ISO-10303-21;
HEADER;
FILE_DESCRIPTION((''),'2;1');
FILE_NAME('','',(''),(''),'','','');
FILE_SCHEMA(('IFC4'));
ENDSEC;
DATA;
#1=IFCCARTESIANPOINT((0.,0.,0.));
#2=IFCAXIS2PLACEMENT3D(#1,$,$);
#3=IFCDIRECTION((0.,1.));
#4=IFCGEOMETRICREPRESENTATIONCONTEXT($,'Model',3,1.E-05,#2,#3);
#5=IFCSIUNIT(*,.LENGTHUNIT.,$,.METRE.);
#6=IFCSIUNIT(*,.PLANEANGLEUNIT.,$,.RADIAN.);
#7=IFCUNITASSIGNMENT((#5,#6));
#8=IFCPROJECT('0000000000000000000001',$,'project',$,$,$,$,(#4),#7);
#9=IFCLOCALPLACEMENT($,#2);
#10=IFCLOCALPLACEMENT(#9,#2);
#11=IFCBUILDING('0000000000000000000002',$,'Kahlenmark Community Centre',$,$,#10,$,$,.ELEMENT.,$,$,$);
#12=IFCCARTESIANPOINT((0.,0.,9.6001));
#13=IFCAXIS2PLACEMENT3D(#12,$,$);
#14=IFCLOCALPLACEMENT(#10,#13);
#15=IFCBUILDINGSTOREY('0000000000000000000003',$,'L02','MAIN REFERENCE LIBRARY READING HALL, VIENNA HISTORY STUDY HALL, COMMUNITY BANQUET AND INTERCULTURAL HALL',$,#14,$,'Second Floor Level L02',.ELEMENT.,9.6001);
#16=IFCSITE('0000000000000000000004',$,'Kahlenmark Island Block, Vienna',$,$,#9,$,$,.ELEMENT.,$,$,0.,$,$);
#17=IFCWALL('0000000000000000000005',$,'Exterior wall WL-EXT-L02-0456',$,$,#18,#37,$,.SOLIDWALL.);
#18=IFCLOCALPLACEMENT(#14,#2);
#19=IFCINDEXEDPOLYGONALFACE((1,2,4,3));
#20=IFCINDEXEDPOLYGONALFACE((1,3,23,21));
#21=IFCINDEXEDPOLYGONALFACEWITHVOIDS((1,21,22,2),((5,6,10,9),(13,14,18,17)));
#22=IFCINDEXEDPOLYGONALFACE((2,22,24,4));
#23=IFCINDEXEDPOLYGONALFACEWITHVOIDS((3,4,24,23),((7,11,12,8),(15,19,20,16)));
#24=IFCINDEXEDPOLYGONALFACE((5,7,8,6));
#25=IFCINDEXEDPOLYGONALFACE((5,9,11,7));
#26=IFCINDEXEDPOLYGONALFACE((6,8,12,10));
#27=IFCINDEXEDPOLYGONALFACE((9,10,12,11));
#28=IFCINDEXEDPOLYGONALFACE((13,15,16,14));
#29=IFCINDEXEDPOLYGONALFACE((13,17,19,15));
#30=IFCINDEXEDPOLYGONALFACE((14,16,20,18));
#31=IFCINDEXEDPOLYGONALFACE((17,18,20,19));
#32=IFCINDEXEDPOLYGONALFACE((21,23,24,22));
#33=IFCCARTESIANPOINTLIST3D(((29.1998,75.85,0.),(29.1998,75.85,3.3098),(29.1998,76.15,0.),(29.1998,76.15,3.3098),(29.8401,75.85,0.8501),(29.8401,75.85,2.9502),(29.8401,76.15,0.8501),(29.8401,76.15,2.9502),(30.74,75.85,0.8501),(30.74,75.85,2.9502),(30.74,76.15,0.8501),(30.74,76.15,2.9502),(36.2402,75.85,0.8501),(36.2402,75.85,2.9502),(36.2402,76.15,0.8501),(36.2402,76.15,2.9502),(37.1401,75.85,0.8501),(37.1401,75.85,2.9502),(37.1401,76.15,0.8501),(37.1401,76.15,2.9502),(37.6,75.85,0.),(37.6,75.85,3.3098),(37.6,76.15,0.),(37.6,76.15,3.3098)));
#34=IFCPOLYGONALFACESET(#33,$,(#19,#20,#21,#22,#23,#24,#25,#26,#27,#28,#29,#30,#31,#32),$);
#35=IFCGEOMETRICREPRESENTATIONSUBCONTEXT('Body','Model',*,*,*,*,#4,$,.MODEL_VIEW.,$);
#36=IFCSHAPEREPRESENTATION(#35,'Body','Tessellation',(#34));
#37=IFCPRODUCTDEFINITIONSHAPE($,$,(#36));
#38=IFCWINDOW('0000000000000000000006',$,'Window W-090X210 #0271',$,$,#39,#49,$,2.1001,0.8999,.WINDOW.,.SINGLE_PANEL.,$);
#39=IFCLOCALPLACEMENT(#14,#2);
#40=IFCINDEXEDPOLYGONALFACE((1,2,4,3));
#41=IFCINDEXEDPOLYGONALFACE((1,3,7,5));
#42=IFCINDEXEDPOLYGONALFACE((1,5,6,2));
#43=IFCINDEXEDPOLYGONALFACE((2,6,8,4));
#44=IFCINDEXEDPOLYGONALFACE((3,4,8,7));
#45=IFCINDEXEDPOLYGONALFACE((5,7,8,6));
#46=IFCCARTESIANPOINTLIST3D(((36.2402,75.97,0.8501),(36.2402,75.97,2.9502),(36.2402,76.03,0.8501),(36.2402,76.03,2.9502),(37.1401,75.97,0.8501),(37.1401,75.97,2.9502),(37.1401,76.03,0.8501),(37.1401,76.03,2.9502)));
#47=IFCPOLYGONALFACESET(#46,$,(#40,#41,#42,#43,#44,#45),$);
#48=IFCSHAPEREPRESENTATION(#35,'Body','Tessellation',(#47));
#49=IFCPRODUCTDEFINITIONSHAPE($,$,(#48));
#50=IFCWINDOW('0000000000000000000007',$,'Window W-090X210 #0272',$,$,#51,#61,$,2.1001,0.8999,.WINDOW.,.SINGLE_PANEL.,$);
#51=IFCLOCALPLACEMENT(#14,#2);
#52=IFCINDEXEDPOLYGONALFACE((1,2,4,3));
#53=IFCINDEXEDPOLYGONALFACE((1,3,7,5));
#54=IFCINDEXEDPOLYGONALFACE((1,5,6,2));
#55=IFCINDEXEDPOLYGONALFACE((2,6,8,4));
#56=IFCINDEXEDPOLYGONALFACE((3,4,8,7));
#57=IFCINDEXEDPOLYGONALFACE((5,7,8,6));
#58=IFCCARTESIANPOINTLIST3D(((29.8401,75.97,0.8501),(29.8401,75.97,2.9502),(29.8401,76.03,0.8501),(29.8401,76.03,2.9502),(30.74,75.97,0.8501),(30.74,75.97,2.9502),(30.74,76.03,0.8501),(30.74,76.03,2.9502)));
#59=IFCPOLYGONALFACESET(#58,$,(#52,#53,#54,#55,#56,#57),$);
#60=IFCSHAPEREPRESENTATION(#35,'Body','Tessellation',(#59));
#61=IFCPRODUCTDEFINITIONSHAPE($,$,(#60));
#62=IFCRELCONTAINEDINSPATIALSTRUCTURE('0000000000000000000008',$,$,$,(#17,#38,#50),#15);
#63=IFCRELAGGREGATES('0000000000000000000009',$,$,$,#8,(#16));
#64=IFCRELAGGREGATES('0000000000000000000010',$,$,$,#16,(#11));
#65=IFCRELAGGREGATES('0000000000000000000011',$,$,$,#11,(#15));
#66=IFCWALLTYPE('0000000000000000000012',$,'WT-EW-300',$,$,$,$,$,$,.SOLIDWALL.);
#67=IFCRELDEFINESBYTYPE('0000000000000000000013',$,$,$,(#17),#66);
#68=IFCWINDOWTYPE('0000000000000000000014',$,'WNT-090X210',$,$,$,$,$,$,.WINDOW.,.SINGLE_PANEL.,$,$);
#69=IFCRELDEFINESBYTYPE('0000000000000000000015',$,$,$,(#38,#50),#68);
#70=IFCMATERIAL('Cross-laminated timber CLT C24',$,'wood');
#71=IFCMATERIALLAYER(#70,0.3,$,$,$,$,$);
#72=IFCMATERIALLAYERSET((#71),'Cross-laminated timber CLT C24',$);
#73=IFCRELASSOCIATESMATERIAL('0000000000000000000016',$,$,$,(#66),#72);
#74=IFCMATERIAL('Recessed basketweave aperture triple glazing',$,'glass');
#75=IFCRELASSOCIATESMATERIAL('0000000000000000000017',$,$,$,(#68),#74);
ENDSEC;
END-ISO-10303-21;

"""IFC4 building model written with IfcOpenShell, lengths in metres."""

from ifc_helpers import new_model, si_unit, direction, frame, frame_2d, origin, place, context, subcontext, project, spatial, rectangle, extrude, material, layer, layer_set, type_object, element, fill, save


model = new_model("IFC4")

# Units and contexts
model_context = context("Model", 3, precision=1e-05, world=origin(), true_north=direction((0.0, 1.0)))
body_context = subcontext(model_context, "Body", "Model", "MODEL_VIEW")
ifc_project = project(units=[si_unit("LENGTHUNIT", "METRE"), si_unit("PLANEANGLEUNIT", "RADIAN")], contexts=[model_context])

# Site, building, storey
site_placement = place(None, origin())
site = spatial("IfcSite", under=ifc_project, at=site_placement, Name="Kahlenmark Island Block, Vienna", CompositionType="ELEMENT", RefElevation=0.0)
building_placement = place(site_placement, origin())
building = spatial("IfcBuilding", under=site, at=building_placement, Name="Kahlenmark Community Centre", CompositionType="ELEMENT")
storey_placement = place(building_placement, frame((0.0, 0.0, 9.6001)))
storey = spatial("IfcBuildingStorey", under=building, at=storey_placement, Name="L02", Description="MAIN REFERENCE LIBRARY READING HALL, VIENNA HISTORY STUDY HALL, COMMUNITY BANQUET AND INTERCULTURAL HALL", LongName="Second Floor Level L02", CompositionType="ELEMENT", Elevation=9.6001)

# Wall, openings, windows
ifc_material_1 = material(Name="Cross-laminated timber CLT C24", Category="wood")
ifc_layer_1 = layer(ifc_material_1, 0.3)
ifc_layer_set_1 = layer_set([ifc_layer_1], Name="Cross-laminated timber CLT C24")
wall_type = type_object("IfcWallType", Name="WT-EW-300", PredefinedType="SOLIDWALL", material=ifc_layer_set_1)
wall_placement = place(storey_placement, frame((37.6001, 76.0, 0.0), z_axis=(0.0, 0.0, 1.0), x_axis=(-1.0, 0.0, 0.0)))
wall = element("IfcWall", 1, at=wall_placement, inside=storey, type_object=wall_type, Name="Exterior wall WL-EXT-L02-0456", PredefinedType="SOLIDWALL", context=body_context, shape_type="SweptSolid", body=[
    extrude(rectangle(XDim=8.4001, YDim=0.3, at=frame_2d((4.2002, 0.0))), origin(), (0.0, 0.0, 1.0), 3.3098),
])
opening_1_placement = place(wall_placement, frame((0.46, 0.0, 0.8501)))
opening_1 = element("IfcOpeningElement", 2, at=opening_1_placement, cuts=wall, PredefinedType="OPENING", context=body_context, shape_type="SweptSolid", body=[
    extrude(rectangle(XDim=0.8999, YDim=2.1001, at=frame_2d((0.45, 1.05))), frame((0.0, 0.1599, 0.0), z_axis=(0.0, -1.0, 0.0), x_axis=(1.0, 0.0, 0.0)), (0.0, 0.0, 1.0), 0.3201),
])
opening_2_placement = place(wall_placement, frame((6.8601, 0.0, 0.8501)))
opening_2 = element("IfcOpeningElement", 3, at=opening_2_placement, cuts=wall, PredefinedType="OPENING", context=body_context, shape_type="SweptSolid", body=[
    extrude(rectangle(XDim=0.8999, YDim=2.1001, at=frame_2d((0.45, 1.05))), frame((0.0, 0.1599, 0.0), z_axis=(0.0, -1.0, 0.0), x_axis=(1.0, 0.0, 0.0)), (0.0, 0.0, 1.0), 0.3201),
])
ifc_material_2 = material(Name="Recessed basketweave aperture triple glazing", Category="glass")
window_type = type_object("IfcWindowType", Name="WNT-090X210", PartitioningType="SINGLE_PANEL", PredefinedType="WINDOW", material=ifc_material_2)
window_1_placement = place(opening_1_placement, origin())
window_1 = element("IfcWindow", 4, at=window_1_placement, inside=storey, type_object=window_type, Name="Window W-090X210 #0271", OverallHeight=2.1001, OverallWidth=0.8999, PartitioningType="SINGLE_PANEL", PredefinedType="WINDOW", context=body_context, shape_type="SweptSolid", body=[
    extrude(rectangle(XDim=0.8999, YDim=2.1001, at=frame_2d((0.45, 1.05))), frame((0.0, 0.03, 0.0), z_axis=(0.0, -1.0, 0.0), x_axis=(1.0, 0.0, 0.0)), (0.0, 0.0, 1.0), 0.0601),
])
fill(opening_1, window_1)
window_2_placement = place(opening_2_placement, origin())
window_2 = element("IfcWindow", 5, at=window_2_placement, inside=storey, type_object=window_type, Name="Window W-090X210 #0272", OverallHeight=2.1001, OverallWidth=0.8999, PartitioningType="SINGLE_PANEL", PredefinedType="WINDOW", context=body_context, shape_type="SweptSolid", body=[
    extrude(rectangle(XDim=0.8999, YDim=2.1001, at=frame_2d((0.45, 1.05))), frame((0.0, 0.03, 0.0), z_axis=(0.0, -1.0, 0.0), x_axis=(1.0, 0.0, 0.0)), (0.0, 0.0, 1.0), 0.0601),
])
fill(opening_2, window_2)

save(model, "model.ifc")
